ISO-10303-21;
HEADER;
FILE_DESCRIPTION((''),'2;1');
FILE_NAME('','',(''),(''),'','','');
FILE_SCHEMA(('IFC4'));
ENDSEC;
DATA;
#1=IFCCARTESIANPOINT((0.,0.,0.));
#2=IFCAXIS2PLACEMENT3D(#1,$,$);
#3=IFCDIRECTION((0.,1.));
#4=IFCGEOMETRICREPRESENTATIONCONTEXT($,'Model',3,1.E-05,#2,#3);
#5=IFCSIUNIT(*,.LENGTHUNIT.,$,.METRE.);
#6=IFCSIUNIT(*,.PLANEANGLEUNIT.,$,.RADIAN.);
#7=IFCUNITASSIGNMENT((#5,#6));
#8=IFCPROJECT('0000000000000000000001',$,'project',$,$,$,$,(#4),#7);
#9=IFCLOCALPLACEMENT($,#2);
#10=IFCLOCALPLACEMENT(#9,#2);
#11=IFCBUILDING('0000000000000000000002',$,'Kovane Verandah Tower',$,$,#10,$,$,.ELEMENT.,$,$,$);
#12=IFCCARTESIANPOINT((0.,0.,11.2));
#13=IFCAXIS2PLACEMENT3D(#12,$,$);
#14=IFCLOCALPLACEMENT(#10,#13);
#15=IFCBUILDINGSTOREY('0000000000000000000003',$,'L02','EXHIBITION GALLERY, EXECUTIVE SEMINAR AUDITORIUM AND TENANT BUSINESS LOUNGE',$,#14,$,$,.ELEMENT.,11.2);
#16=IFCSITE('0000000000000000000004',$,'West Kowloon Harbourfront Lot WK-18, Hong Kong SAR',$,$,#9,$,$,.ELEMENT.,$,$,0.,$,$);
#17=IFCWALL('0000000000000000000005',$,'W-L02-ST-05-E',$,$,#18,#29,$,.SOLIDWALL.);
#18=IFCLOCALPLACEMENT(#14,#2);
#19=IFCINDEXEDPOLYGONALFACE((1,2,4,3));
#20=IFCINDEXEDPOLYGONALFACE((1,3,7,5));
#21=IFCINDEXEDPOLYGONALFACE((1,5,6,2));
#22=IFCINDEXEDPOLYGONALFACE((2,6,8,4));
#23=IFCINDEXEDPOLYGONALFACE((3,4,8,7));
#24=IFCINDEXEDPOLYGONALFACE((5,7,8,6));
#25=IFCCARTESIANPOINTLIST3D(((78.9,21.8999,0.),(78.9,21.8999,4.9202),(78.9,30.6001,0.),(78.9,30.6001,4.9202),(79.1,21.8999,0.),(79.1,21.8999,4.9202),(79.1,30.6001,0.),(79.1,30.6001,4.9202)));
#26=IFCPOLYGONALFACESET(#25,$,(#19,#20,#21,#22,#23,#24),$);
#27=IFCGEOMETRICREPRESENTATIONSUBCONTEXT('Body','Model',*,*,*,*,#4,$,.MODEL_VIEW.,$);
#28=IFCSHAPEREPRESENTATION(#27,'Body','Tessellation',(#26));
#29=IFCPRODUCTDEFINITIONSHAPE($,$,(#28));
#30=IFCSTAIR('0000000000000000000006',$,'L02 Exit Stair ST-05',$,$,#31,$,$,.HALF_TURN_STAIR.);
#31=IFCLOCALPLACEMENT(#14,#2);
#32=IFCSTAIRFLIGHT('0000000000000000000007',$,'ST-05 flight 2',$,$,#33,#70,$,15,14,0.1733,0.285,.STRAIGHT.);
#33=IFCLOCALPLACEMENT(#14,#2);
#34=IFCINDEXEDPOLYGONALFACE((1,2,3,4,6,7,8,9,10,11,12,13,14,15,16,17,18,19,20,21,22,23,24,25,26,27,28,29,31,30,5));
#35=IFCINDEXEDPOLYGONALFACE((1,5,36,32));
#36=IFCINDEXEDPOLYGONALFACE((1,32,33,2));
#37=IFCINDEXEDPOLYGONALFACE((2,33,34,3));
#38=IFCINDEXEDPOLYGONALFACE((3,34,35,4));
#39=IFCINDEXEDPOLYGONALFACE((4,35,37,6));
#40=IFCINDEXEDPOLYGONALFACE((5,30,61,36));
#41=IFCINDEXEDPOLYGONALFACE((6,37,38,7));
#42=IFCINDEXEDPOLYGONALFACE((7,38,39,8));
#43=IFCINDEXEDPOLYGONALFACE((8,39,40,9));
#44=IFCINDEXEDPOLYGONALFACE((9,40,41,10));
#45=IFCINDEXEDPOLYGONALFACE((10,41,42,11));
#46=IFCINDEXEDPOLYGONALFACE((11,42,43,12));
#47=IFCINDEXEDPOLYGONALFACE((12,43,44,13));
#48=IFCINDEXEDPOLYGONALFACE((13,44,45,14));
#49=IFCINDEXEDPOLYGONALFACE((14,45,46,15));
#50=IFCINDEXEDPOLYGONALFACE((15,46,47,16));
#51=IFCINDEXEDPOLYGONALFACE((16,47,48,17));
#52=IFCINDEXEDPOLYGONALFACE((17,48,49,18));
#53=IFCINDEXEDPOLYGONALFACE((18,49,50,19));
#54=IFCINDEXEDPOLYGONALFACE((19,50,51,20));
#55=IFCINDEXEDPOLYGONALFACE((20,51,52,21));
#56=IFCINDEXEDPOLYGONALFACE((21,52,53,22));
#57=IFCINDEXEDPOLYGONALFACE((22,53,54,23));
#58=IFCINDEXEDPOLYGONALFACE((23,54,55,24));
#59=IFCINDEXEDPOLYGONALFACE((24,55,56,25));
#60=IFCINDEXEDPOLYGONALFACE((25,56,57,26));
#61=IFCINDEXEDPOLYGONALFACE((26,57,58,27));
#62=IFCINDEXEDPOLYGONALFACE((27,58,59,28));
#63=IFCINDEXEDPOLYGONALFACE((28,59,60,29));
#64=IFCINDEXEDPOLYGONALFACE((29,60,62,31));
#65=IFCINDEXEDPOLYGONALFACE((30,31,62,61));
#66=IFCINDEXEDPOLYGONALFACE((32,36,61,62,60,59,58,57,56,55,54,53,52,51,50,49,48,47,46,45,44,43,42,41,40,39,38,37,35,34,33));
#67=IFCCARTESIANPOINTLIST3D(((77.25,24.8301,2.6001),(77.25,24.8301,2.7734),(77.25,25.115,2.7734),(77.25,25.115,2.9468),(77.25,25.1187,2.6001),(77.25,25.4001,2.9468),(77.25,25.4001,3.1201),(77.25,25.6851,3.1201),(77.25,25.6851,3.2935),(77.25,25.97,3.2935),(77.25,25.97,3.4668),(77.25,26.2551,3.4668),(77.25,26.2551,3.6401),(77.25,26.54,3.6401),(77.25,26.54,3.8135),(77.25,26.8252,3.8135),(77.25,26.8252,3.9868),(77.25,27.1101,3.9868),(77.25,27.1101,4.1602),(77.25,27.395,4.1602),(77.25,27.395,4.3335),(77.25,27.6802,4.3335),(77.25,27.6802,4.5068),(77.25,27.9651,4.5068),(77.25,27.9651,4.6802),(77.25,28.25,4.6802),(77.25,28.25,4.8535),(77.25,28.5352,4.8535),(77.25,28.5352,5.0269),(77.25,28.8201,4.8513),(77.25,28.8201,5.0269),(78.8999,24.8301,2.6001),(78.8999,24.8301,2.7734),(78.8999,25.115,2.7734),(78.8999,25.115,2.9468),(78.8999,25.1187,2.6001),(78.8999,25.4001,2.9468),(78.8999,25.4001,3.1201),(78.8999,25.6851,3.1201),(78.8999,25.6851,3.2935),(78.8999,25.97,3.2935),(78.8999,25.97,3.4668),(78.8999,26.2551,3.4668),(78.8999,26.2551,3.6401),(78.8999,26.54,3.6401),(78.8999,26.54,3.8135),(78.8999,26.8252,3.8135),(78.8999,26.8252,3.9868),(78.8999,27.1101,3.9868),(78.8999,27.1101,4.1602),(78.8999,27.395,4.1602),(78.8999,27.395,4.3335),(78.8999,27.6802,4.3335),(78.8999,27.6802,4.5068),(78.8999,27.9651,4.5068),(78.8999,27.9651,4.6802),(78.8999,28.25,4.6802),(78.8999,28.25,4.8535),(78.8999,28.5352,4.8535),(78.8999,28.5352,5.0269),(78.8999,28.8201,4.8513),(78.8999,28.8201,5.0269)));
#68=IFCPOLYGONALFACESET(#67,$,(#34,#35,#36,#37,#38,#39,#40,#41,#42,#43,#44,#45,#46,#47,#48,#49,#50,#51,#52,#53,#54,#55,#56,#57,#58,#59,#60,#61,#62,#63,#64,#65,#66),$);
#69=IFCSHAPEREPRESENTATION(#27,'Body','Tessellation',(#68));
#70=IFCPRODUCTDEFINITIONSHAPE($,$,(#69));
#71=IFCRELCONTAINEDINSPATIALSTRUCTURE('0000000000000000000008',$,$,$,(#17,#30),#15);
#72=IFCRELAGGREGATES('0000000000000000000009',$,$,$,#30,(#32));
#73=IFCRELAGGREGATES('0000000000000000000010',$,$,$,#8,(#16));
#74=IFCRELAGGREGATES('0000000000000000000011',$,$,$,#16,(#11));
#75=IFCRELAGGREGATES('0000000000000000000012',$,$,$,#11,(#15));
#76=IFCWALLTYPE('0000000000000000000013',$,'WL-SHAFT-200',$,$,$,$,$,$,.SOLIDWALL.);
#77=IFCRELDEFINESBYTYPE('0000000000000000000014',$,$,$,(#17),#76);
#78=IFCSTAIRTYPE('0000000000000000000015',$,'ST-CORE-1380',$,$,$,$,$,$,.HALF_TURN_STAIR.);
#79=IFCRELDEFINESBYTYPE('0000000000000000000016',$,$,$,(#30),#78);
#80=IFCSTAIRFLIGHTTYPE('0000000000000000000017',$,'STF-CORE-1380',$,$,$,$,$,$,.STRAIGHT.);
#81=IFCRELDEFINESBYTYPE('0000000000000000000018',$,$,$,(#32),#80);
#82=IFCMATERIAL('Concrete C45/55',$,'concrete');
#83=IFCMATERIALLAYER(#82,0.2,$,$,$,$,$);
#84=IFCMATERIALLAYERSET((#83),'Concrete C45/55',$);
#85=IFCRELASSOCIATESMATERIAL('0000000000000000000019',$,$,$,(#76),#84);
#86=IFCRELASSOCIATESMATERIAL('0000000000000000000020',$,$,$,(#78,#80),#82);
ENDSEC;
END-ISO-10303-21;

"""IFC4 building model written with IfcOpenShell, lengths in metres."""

from ifc_helpers import new_model, si_unit, direction, frame, frame_2d, origin, place, context, subcontext, project, spatial, polyline, rectangle, outline, extrude, material, layer, layer_set, type_object, element, aggregate, save


model = new_model("IFC4")

# Units and contexts
model_context = context("Model", 3, precision=1e-05, world=origin(), true_north=direction((0.0, 1.0)))
body_context = subcontext(model_context, "Body", "Model", "MODEL_VIEW")
ifc_project = project(units=[si_unit("LENGTHUNIT", "METRE"), si_unit("PLANEANGLEUNIT", "RADIAN")], contexts=[model_context])

# Site, building, storey
site_placement = place(None, origin())
site = spatial("IfcSite", under=ifc_project, at=site_placement, Name="West Kowloon Harbourfront Lot WK-18, Hong Kong SAR", CompositionType="ELEMENT", RefElevation=0.0)
building_placement = place(site_placement, origin())
building = spatial("IfcBuilding", under=site, at=building_placement, Name="Kovane Verandah Tower", CompositionType="ELEMENT")
storey_placement = place(building_placement, frame((0.0, 0.0, 11.2)))
storey = spatial("IfcBuildingStorey", under=building, at=storey_placement, Name="L02", Description="EXHIBITION GALLERY, EXECUTIVE SEMINAR AUDITORIUM AND TENANT BUSINESS LOUNGE", CompositionType="ELEMENT", Elevation=11.2)

# Wall
ifc_material_1 = material(Name="Concrete C45/55", Category="concrete")
ifc_layer_1 = layer(ifc_material_1, 0.2)
ifc_layer_set_1 = layer_set([ifc_layer_1], Name="Concrete C45/55")
wall_type = type_object("IfcWallType", Name="WL-SHAFT-200", PredefinedType="SOLIDWALL", material=ifc_layer_set_1)
wall_placement = place(storey_placement, frame((79.0, 21.8999, 0.0), z_axis=(0.0, 0.0, 1.0), x_axis=(0.0, 1.0, 0.0)))
element("IfcWall", 1, at=wall_placement, inside=storey, type_object=wall_type, Name="W-L02-ST-05-E", PredefinedType="SOLIDWALL", context=body_context, shape_type="SweptSolid", body=[
    extrude(rectangle(XDim=8.7002, YDim=0.2, at=frame_2d((4.3501, 0.0))), origin(), (0.0, 0.0, 1.0), 4.9202),
])

# Stair, stair flight
stair_type = type_object("IfcStairType", Name="ST-CORE-1380", PredefinedType="HALF_TURN_STAIR", material=ifc_material_1)
stair_placement = place(storey_placement, origin())
stair = element("IfcStair", 2, at=stair_placement, inside=storey, type_object=stair_type, Name="L02 Exit Stair ST-05", PredefinedType="HALF_TURN_STAIR")
stair_flight_type = type_object("IfcStairFlightType", Name="STF-CORE-1380", PredefinedType="STRAIGHT", material=ifc_material_1)
stair_flight_placement = place(storey_placement, frame((78.075, 24.8301, 2.6001), z_axis=(0.0, 0.0, 1.0), x_axis=(0.0, 1.0, 0.0)))
stair_flight = element("IfcStairFlight", 3, at=stair_flight_placement, type_object=stair_flight_type, Name="ST-05 flight 2", NumberOfRisers=15, NumberOfTreads=14, PredefinedType="STRAIGHT", RiserHeight=0.1733, TreadLength=0.285, context=body_context, shape_type="SweptSolid", body=[
    extrude(outline(polyline([(0.0, 0.0), (0.0, 0.1733), (0.2849, 0.1733), (0.2849, 0.3467), (0.5701, 0.3467), (0.5701, 0.52), (0.855, 0.52), (0.855, 0.6934), (1.1399, 0.6934), (1.1399, 0.8667), (1.425, 0.8667), (1.425, 1.04), (1.71, 1.04), (1.71, 1.2134), (1.9951, 1.2134), (1.9951, 1.3867), (2.28, 1.3867), (2.28, 1.5601), (2.5649, 1.5601), (2.5649, 1.7334), (2.8501, 1.7334), (2.8501, 1.9067), (3.135, 1.9067), (3.135, 2.0801), (3.4199, 2.0801), (3.4199, 2.2534), (3.7051, 2.2534), (3.7051, 2.4268), (3.99, 2.4268), (3.99, 2.6001), (3.99, 2.2512), (0.2886, 0.0), (0.0, 0.0)])), frame((0.0, 0.825, 0.0), z_axis=(0.0, -1.0, 0.0), x_axis=(1.0, 0.0, 0.0)), (0.0, 0.0, 1.0), 1.6499),
])
aggregate(stair, [stair_flight])

save(model, "model.ifc")
